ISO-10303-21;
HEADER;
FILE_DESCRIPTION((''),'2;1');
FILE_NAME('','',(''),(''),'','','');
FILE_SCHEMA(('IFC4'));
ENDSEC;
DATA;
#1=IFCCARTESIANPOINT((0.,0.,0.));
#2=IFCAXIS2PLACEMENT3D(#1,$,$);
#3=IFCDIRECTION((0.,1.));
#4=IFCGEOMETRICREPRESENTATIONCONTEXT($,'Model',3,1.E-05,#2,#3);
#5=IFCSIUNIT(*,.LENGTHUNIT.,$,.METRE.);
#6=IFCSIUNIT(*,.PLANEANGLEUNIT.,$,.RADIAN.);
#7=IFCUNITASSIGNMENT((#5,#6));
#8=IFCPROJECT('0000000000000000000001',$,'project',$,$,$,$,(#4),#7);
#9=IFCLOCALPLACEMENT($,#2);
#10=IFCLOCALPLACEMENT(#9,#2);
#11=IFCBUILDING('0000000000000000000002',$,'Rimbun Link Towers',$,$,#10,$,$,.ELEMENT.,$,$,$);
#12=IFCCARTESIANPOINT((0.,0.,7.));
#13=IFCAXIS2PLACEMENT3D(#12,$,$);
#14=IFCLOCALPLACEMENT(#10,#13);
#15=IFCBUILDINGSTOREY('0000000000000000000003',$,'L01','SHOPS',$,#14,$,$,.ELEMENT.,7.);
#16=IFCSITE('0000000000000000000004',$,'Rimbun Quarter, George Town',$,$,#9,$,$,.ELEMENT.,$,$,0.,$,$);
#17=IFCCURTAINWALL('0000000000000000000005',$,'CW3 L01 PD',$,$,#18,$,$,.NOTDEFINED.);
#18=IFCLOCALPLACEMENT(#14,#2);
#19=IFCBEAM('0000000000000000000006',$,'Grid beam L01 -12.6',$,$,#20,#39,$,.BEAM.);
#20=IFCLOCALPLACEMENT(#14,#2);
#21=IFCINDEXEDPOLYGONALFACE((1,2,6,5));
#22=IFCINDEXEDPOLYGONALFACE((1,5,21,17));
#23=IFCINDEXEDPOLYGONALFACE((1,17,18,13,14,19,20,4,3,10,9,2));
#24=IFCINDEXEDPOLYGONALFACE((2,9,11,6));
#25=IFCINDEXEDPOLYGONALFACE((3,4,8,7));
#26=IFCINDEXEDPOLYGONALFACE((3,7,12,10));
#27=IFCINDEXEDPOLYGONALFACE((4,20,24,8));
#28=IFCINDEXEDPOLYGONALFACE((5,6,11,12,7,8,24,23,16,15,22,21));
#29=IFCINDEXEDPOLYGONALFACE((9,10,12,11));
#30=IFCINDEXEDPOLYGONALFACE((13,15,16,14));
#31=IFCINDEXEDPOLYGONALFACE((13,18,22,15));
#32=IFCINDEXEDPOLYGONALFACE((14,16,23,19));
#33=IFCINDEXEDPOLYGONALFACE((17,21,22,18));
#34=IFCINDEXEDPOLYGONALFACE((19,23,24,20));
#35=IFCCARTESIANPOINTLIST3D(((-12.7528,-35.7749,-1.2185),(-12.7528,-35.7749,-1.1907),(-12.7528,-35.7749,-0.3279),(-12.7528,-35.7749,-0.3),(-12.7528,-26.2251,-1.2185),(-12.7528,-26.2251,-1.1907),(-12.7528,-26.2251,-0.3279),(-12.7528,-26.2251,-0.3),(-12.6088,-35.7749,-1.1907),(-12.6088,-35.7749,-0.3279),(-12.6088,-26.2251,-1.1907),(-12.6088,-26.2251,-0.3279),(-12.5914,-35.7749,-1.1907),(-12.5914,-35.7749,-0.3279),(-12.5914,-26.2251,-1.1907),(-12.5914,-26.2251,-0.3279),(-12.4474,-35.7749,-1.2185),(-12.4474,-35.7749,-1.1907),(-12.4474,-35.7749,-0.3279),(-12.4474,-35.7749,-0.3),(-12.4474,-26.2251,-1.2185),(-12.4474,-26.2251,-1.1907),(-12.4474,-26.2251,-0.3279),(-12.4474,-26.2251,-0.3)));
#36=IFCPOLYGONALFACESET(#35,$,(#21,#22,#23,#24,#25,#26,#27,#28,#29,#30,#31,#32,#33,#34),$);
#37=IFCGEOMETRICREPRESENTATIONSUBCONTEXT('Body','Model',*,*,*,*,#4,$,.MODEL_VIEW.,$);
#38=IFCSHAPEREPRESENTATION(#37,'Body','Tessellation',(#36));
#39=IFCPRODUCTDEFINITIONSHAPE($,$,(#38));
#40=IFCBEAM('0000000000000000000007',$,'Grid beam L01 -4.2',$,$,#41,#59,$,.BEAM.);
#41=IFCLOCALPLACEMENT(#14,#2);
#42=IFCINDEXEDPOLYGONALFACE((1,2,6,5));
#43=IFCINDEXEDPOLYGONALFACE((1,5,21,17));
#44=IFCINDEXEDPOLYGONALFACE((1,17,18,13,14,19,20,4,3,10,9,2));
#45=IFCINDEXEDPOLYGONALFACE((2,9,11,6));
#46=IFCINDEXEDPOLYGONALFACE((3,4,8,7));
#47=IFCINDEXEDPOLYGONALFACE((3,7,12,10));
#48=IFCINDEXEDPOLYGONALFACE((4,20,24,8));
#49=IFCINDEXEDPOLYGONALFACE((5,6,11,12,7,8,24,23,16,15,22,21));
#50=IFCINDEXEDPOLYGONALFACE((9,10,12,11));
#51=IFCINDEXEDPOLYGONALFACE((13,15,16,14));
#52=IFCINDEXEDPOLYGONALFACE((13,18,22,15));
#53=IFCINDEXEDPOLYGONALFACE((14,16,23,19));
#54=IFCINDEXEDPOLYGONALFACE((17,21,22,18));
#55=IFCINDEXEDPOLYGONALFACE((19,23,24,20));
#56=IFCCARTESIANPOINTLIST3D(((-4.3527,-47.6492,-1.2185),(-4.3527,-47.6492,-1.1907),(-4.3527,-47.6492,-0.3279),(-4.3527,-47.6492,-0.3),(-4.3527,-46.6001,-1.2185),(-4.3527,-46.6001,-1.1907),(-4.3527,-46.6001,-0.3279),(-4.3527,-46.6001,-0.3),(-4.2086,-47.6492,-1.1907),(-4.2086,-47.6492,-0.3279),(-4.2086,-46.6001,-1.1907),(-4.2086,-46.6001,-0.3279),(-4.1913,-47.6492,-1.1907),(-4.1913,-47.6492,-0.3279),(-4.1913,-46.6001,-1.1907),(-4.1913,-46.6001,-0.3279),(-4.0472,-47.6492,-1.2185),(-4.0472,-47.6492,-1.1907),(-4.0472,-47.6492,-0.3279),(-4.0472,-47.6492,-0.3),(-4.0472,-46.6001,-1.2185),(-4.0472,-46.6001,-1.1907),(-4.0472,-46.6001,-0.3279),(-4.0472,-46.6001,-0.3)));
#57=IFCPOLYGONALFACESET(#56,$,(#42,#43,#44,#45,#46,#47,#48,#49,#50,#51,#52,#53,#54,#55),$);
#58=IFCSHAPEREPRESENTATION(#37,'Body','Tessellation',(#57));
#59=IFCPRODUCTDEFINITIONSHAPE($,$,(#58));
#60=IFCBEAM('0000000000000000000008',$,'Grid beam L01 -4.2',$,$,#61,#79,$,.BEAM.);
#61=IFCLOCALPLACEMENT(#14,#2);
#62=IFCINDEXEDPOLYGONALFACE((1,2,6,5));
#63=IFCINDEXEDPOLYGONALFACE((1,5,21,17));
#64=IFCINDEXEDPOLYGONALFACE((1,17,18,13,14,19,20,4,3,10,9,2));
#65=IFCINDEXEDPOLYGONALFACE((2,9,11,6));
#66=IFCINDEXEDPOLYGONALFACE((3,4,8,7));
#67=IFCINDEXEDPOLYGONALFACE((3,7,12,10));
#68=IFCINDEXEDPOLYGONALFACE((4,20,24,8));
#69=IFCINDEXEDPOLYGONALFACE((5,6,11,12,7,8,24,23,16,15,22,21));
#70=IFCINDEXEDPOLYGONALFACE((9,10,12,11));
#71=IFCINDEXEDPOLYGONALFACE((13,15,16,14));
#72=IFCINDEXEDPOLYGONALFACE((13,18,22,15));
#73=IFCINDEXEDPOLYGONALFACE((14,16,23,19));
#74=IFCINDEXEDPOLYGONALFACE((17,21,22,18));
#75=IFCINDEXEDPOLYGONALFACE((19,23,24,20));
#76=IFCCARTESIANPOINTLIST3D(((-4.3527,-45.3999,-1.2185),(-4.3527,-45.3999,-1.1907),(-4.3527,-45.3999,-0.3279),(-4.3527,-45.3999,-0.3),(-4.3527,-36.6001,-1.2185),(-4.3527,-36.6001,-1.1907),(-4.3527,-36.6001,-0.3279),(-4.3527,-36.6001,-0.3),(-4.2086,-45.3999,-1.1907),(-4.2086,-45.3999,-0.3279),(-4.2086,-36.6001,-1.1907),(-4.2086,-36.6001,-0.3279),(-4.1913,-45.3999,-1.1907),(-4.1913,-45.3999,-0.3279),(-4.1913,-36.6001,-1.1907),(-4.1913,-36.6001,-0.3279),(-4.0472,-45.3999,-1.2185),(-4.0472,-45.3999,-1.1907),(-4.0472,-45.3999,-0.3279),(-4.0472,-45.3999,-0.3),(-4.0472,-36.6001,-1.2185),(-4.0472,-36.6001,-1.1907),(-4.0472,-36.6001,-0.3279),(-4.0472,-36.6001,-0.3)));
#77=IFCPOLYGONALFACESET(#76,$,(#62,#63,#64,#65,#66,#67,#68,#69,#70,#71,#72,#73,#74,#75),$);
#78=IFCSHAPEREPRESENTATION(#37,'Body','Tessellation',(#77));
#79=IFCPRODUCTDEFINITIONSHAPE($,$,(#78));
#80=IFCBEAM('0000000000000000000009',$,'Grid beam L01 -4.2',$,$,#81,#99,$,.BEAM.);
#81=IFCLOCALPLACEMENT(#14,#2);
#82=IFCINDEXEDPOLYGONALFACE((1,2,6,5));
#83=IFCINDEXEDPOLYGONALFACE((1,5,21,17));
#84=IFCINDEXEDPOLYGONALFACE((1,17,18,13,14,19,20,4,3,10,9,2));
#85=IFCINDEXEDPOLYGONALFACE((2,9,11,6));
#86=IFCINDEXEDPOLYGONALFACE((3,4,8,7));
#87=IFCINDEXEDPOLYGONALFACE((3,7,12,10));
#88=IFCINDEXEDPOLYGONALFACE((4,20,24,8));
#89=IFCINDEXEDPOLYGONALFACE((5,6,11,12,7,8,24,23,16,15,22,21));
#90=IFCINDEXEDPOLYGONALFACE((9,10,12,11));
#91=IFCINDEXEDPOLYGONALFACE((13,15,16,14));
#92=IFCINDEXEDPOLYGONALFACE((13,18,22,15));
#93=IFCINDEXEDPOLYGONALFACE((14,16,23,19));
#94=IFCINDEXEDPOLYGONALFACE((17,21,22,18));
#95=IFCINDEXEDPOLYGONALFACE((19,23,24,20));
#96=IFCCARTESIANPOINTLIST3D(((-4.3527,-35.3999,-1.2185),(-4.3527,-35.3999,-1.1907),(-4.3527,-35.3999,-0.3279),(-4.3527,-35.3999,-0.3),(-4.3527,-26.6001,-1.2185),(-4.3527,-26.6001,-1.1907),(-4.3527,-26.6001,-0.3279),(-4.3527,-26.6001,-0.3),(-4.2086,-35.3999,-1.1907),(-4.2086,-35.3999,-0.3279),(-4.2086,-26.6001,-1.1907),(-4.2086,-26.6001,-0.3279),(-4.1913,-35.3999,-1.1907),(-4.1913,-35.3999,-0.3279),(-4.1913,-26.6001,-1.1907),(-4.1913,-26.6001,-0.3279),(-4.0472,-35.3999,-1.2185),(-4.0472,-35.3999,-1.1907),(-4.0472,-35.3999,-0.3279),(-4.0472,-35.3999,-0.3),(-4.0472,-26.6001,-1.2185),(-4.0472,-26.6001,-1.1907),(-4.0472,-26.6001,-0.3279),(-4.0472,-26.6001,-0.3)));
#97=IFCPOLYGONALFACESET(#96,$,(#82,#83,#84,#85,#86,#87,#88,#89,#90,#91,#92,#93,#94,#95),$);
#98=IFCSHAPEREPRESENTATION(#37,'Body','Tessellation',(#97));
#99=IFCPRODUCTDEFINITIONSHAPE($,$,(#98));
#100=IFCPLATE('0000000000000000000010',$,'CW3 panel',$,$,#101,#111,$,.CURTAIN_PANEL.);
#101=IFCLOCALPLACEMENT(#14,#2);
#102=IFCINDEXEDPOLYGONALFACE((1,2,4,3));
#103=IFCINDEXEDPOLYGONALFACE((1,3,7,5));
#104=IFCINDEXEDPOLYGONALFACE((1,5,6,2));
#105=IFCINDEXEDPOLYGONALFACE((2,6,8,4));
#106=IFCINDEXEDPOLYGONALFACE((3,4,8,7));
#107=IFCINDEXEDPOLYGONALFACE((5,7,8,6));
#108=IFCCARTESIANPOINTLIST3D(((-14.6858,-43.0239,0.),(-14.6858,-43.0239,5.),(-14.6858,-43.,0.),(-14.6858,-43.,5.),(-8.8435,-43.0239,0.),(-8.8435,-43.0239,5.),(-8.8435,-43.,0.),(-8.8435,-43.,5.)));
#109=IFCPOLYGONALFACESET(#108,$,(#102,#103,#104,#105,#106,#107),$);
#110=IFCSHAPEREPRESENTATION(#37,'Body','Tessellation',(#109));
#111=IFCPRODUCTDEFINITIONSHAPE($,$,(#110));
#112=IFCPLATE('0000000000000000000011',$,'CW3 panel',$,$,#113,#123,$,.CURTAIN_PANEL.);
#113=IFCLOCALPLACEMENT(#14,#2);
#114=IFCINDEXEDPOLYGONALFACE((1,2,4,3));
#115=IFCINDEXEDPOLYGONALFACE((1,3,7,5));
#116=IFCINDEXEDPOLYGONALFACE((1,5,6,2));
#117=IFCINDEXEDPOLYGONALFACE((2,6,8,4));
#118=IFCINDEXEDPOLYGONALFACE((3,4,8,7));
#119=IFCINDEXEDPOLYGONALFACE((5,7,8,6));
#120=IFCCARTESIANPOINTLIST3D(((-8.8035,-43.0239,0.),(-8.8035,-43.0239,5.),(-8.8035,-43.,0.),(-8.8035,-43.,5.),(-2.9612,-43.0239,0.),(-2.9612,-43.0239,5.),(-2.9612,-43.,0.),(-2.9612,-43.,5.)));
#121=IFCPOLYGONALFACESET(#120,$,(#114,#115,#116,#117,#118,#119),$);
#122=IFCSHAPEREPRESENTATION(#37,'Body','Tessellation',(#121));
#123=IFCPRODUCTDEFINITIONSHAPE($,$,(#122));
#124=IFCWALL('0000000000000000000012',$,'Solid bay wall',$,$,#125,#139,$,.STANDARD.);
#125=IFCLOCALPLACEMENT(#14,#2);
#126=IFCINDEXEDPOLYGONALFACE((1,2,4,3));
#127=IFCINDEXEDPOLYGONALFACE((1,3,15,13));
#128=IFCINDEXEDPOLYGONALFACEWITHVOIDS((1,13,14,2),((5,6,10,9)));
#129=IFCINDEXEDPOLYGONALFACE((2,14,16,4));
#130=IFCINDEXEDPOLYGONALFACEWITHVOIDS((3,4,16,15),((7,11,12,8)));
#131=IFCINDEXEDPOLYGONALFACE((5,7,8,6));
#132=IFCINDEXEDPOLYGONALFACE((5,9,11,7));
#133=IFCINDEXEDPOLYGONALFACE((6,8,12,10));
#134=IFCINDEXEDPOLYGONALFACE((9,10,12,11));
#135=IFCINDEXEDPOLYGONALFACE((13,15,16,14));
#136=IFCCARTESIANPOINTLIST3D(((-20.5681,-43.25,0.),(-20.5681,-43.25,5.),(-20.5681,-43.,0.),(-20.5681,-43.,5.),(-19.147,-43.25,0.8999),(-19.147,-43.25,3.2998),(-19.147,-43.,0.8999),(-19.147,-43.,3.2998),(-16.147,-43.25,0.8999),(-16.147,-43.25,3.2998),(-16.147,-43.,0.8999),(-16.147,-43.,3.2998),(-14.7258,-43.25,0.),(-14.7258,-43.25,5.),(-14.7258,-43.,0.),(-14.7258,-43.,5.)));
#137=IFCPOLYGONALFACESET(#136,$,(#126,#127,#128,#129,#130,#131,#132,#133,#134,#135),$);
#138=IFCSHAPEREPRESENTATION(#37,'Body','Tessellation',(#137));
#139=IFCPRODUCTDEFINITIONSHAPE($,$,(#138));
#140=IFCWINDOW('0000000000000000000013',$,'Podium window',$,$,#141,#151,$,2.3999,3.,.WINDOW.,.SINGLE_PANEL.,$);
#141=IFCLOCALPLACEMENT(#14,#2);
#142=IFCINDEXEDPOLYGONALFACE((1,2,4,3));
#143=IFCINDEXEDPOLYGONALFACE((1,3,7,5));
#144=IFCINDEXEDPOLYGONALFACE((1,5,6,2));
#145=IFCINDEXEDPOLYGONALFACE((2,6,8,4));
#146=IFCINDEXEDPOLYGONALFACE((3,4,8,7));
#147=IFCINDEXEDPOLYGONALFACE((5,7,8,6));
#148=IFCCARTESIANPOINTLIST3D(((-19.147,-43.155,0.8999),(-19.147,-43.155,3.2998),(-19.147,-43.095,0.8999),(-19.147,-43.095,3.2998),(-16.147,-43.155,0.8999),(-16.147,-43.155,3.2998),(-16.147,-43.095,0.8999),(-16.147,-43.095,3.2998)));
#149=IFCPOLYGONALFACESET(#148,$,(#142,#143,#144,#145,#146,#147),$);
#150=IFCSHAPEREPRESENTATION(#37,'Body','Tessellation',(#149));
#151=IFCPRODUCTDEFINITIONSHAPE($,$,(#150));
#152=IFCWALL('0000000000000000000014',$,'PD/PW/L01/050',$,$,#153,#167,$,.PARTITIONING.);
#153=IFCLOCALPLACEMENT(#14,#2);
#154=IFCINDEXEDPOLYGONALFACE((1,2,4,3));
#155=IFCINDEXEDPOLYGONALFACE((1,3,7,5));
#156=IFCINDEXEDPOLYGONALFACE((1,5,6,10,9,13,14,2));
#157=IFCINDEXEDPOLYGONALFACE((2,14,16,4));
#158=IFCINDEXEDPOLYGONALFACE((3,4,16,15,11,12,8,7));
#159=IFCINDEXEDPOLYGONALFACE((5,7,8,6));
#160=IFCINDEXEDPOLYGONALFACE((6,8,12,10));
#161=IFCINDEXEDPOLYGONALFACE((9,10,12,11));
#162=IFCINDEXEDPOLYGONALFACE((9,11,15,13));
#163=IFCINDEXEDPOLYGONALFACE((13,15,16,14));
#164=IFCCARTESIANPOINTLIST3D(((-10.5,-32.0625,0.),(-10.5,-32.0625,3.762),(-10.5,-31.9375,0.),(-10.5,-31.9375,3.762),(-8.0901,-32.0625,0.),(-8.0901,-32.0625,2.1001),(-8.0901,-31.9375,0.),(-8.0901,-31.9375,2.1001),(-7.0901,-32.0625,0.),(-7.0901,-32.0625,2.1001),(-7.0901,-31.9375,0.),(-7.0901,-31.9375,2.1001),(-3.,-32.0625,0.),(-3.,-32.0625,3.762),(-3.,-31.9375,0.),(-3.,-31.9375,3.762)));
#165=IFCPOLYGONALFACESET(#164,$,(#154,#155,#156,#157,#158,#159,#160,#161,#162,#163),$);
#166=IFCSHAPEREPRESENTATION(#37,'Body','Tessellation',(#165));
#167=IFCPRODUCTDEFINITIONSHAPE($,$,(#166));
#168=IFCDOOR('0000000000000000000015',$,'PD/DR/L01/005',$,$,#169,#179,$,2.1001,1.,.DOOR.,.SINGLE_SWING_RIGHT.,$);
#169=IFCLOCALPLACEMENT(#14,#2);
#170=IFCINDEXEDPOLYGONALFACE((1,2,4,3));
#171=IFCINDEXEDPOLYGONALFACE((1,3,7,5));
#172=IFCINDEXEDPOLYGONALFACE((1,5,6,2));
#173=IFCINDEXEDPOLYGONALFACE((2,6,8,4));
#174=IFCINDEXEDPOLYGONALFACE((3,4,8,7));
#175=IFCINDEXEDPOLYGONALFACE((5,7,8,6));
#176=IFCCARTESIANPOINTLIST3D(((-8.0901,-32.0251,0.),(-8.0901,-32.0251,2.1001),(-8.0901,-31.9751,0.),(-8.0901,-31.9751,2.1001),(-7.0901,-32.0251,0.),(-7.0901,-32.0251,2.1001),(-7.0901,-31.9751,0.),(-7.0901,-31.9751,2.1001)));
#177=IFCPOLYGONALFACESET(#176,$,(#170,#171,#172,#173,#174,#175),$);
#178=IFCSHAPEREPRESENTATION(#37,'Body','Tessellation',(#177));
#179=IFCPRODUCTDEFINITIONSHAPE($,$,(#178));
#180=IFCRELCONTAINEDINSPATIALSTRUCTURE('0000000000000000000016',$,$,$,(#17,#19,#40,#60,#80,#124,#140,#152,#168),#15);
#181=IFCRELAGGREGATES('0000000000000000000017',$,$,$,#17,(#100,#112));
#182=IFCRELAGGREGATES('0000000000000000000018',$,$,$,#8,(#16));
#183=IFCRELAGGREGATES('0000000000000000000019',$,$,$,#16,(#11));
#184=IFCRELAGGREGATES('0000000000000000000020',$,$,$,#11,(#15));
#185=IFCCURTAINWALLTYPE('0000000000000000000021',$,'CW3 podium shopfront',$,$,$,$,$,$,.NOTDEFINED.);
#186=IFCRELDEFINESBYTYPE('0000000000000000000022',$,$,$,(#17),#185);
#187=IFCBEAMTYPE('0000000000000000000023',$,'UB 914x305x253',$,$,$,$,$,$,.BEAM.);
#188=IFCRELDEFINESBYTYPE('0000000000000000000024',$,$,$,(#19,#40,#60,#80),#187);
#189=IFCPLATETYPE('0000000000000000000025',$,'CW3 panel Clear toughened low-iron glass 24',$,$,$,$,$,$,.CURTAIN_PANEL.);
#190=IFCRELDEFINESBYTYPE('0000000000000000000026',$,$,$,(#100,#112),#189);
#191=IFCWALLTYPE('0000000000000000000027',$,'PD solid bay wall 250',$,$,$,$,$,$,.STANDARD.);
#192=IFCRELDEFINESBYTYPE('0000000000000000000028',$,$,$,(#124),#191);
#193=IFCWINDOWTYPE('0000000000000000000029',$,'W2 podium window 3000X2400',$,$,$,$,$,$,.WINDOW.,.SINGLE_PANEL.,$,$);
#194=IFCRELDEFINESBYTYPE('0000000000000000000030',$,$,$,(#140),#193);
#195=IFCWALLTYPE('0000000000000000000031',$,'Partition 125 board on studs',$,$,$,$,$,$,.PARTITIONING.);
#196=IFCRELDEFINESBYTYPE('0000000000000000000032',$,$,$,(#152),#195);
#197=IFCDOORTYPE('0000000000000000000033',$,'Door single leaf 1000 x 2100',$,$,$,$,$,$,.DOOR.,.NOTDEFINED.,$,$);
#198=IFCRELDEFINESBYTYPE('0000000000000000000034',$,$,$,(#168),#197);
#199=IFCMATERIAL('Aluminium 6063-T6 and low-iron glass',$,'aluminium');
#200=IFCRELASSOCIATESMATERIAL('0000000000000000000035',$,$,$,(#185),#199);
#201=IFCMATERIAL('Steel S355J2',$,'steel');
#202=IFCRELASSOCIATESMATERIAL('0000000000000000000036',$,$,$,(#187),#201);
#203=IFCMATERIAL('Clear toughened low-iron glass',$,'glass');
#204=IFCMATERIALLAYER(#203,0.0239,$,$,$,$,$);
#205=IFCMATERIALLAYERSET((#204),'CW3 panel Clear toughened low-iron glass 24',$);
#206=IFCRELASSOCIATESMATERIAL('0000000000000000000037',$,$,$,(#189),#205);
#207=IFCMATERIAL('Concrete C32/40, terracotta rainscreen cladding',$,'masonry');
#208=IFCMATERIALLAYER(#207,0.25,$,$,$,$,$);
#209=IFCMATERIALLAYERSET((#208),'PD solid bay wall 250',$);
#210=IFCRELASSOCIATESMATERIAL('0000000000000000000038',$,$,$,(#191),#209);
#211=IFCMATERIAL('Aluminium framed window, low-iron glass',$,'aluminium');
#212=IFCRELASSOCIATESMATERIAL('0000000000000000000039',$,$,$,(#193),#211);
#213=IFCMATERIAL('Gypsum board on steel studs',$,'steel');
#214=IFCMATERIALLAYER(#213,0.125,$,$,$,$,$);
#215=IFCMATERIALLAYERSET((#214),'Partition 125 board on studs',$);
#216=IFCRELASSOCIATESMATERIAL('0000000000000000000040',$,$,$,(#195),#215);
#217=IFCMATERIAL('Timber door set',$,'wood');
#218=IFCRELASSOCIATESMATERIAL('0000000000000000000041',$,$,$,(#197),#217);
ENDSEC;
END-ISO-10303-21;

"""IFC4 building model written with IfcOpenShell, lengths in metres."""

from ifc_helpers import new_model, si_unit, direction, frame, frame_2d, origin, origin_2d, place, context, subcontext, project, spatial, rectangle, i_section, extrude, material, layer, layer_set, material_profile, profile_set, type_object, element, fill, aggregate, save


model = new_model("IFC4")

# Units and contexts
model_context = context("Model", 3, precision=1e-05, world=origin(), true_north=direction((0.0, 1.0)))
body_context = subcontext(model_context, "Body", "Model", "MODEL_VIEW")
ifc_project = project(units=[si_unit("LENGTHUNIT", "METRE"), si_unit("PLANEANGLEUNIT", "RADIAN")], contexts=[model_context])

# Site, building, storey
site_placement = place(None, origin())
site = spatial("IfcSite", under=ifc_project, at=site_placement, Name="Rimbun Quarter, George Town", CompositionType="ELEMENT", RefElevation=0.0)
building_placement = place(site_placement, origin())
building = spatial("IfcBuilding", under=site, at=building_placement, Name="Rimbun Link Towers", CompositionType="ELEMENT")
storey_placement = place(building_placement, frame((0.0, 0.0, 7.0)))
storey = spatial("IfcBuildingStorey", under=building, at=storey_placement, Name="L01", Description="SHOPS", CompositionType="ELEMENT", Elevation=7.0)

# Curtain wall
ifc_material_1 = material(Name="Aluminium 6063-T6 and low-iron glass", Category="aluminium")
curtain_wall_type = type_object("IfcCurtainWallType", Name="CW3 podium shopfront", PredefinedType="NOTDEFINED", material=ifc_material_1)
curtain_wall_placement = place(storey_placement, origin())
curtain_wall = element("IfcCurtainWall", 1, at=curtain_wall_placement, inside=storey, type_object=curtain_wall_type, Name="CW3 L01 PD", PredefinedType="NOTDEFINED")

# Beams
ifc_material_2 = material(Name="Steel S355J2", Category="steel")
ifc_material_profile_1 = material_profile(ifc_material_2, i_section(OverallWidth=0.3054, OverallDepth=0.9185, WebThickness=0.0173, FlangeThickness=0.0278, at=origin_2d()), Name="UB 914x305x253")
ifc_profile_set_1 = profile_set([ifc_material_profile_1], Name="Steel S355J2")
beam_type_1 = type_object("IfcBeamType", Name="UB 914x305x253", PredefinedType="BEAM", material=ifc_profile_set_1)
for number, where, z_axis, x_axis, name in (
    (2, (-12.6001, -35.7749, -0.7593), (0.0, 1.0, 0.0), (-1.0, 0.0, 0.0), "Grid beam L01 -12.6"),
):
    element("IfcBeam", number, at=place(storey_placement, frame(where, z_axis=z_axis, x_axis=x_axis)), inside=storey, type_object=beam_type_1, Name=name, PredefinedType="BEAM", context=body_context, shape_type="SweptSolid", body=[
        extrude(i_section(OverallWidth=0.3054, OverallDepth=0.9185, WebThickness=0.0173, FlangeThickness=0.0278, at=origin_2d()), origin(), (0.0, 0.0, 1.0), 9.5498),
    ])
beam_placement = place(storey_placement, frame((-4.2, -47.6492, -0.7593), z_axis=(0.0, 1.0, 0.0), x_axis=(-1.0, 0.0, 0.0)))
element("IfcBeam", 3, at=beam_placement, inside=storey, type_object=beam_type_1, Name="Grid beam L01 -4.2", PredefinedType="BEAM", context=body_context, shape_type="SweptSolid", body=[
    extrude(i_section(OverallWidth=0.3054, OverallDepth=0.9185, WebThickness=0.0173, FlangeThickness=0.0278, at=origin_2d()), origin(), (0.0, 0.0, 1.0), 1.0491),
])
for number, where, z_axis, x_axis, name in (
    (4, (-4.2, -45.3999, -0.7593), (0.0, 1.0, 0.0), (-1.0, 0.0, 0.0), "Grid beam L01 -4.2"),
    (5, (-4.2, -35.3999, -0.7593), (0.0, 1.0, 0.0), (-1.0, 0.0, 0.0), "Grid beam L01 -4.2"),
):
    element("IfcBeam", number, at=place(storey_placement, frame(where, z_axis=z_axis, x_axis=x_axis)), inside=storey, type_object=beam_type_1, Name=name, PredefinedType="BEAM", context=body_context, shape_type="SweptSolid", body=[
        extrude(i_section(OverallWidth=0.3054, OverallDepth=0.9185, WebThickness=0.0173, FlangeThickness=0.0278, at=origin_2d()), origin(), (0.0, 0.0, 1.0), 8.7998),
    ])

# Plates
ifc_material_3 = material(Name="Clear toughened low-iron glass", Category="glass")
ifc_layer_1 = layer(ifc_material_3, 0.0239)
ifc_layer_set_1 = layer_set([ifc_layer_1], Name="CW3 panel Clear toughened low-iron glass 24")
plate_type = type_object("IfcPlateType", Name="CW3 panel Clear toughened low-iron glass 24", PredefinedType="CURTAIN_PANEL", material=ifc_layer_set_1)
plate_1_placement = place(storey_placement, frame((-11.7646, -43.012, 0.0), z_axis=(0.0, 0.0, 1.0), x_axis=(-1.0, 0.0, 0.0)))
plate_1 = element("IfcPlate", 6, at=plate_1_placement, type_object=plate_type, Name="CW3 panel", PredefinedType="CURTAIN_PANEL", context=body_context, shape_type="SweptSolid", body=[
    extrude(rectangle(XDim=5.8423, YDim=0.0239, at=origin_2d()), origin(), (0.0, 0.0, 1.0), 5.0),
])
plate_2_placement = place(storey_placement, frame((-5.8823, -43.012, 0.0), z_axis=(0.0, 0.0, 1.0), x_axis=(-1.0, 0.0, 0.0)))
plate_2 = element("IfcPlate", 7, at=plate_2_placement, type_object=plate_type, Name="CW3 panel", PredefinedType="CURTAIN_PANEL", context=body_context, shape_type="SweptSolid", body=[
    extrude(rectangle(XDim=5.8423, YDim=0.0239, at=origin_2d()), origin(), (0.0, 0.0, 1.0), 5.0),
])
aggregate(curtain_wall, [plate_1, plate_2])

# Wall, opening, window
ifc_material_4 = material(Name="Concrete C32/40, terracotta rainscreen cladding", Category="masonry")
ifc_layer_2 = layer(ifc_material_4, 0.25)
ifc_layer_set_2 = layer_set([ifc_layer_2], Name="PD solid bay wall 250")
wall_type_1 = type_object("IfcWallType", Name="PD solid bay wall 250", PredefinedType="STANDARD", material=ifc_layer_set_2)
wall_1_placement = place(storey_placement, frame((-14.7258, -43.125, 0.0), z_axis=(0.0, 0.0, 1.0), x_axis=(-1.0, 0.0, 0.0)))
wall_1 = element("IfcWall", 8, at=wall_1_placement, inside=storey, type_object=wall_type_1, Name="Solid bay wall", PredefinedType="STANDARD", context=body_context, shape_type="SweptSolid", body=[
    extrude(rectangle(XDim=5.8423, YDim=0.25, at=frame_2d((2.9211, 0.0))), origin(), (0.0, 0.0, 1.0), 5.0),
])
opening_1_placement = place(wall_1_placement, frame((1.4211, 0.0, 0.8999)))
opening_1 = element("IfcOpeningElement", 9, at=opening_1_placement, cuts=wall_1, PredefinedType="OPENING", context=body_context, shape_type="SweptSolid", body=[
    extrude(rectangle(XDim=3.0, YDim=2.3999, at=frame_2d((1.5, 1.2))), frame((0.0, 0.135, 0.0), z_axis=(0.0, -1.0, 0.0), x_axis=(1.0, 0.0, 0.0)), (0.0, 0.0, 1.0), 0.27),
])
ifc_material_5 = material(Name="Aluminium framed window, low-iron glass", Category="aluminium")
window_type = type_object("IfcWindowType", Name="W2 podium window 3000X2400", PartitioningType="SINGLE_PANEL", PredefinedType="WINDOW", material=ifc_material_5)
window_placement = place(opening_1_placement, origin())
window = element("IfcWindow", 10, at=window_placement, inside=storey, type_object=window_type, Name="Podium window", OverallHeight=2.3999, OverallWidth=3.0, PartitioningType="SINGLE_PANEL", PredefinedType="WINDOW", context=body_context, shape_type="SweptSolid", body=[
    extrude(rectangle(XDim=3.0, YDim=2.3999, at=frame_2d((1.5, 1.2))), frame((0.0, 0.03, 0.0), z_axis=(0.0, -1.0, 0.0), x_axis=(1.0, 0.0, 0.0)), (0.0, 0.0, 1.0), 0.0601),
])
fill(opening_1, window)

# Wall, opening, door
ifc_material_6 = material(Name="Gypsum board on steel studs", Category="steel")
ifc_layer_3 = layer(ifc_material_6, 0.125)
ifc_layer_set_3 = layer_set([ifc_layer_3], Name="Partition 125 board on studs")
wall_type_2 = type_object("IfcWallType", Name="Partition 125 board on studs", PredefinedType="PARTITIONING", material=ifc_layer_set_3)
wall_2_placement = place(storey_placement, frame((-10.5, -32.0, 0.0), z_axis=(0.0, 0.0, 1.0), x_axis=(1.0, 0.0, 0.0)))
wall_2 = element("IfcWall", 11, at=wall_2_placement, inside=storey, type_object=wall_type_2, Name="PD/PW/L01/050", PredefinedType="PARTITIONING", context=body_context, shape_type="SweptSolid", body=[
    extrude(rectangle(XDim=7.5, YDim=0.125, at=frame_2d((3.75, 0.0))), origin(), (0.0, 0.0, 1.0), 3.762),
])
opening_2_placement = place(wall_2_placement, frame((2.4099, 0.0, 0.0)))
opening_2 = element("IfcOpeningElement", 12, at=opening_2_placement, cuts=wall_2, PredefinedType="OPENING", context=body_context, shape_type="SweptSolid", body=[
    extrude(rectangle(XDim=1.0, YDim=2.1001, at=frame_2d((0.5, 1.05))), frame((0.0, 0.0725, 0.0), z_axis=(0.0, -1.0, 0.0), x_axis=(1.0, 0.0, 0.0)), (0.0, 0.0, 1.0), 0.145),
])
ifc_material_7 = material(Name="Timber door set", Category="wood")
door_type = type_object("IfcDoorType", Name="Door single leaf 1000 x 2100", OperationType="NOTDEFINED", PredefinedType="DOOR", material=ifc_material_7)
door_1_placement = place(opening_2_placement, origin())
door_1 = element("IfcDoor", 13, at=door_1_placement, inside=storey, type_object=door_type, Name="PD/DR/L01/005", OperationType="SINGLE_SWING_RIGHT", OverallHeight=2.1001, OverallWidth=1.0, PredefinedType="DOOR", context=body_context, shape_type="SweptSolid", body=[
    extrude(rectangle(XDim=1.0, YDim=2.1001, at=frame_2d((0.5, 1.05))), frame((0.0, 0.0249, 0.0), z_axis=(0.0, -1.0, 0.0), x_axis=(1.0, 0.0, 0.0)), (0.0, 0.0, 1.0), 0.05),
])
fill(opening_2, door_1)

save(model, "model.ifc")
